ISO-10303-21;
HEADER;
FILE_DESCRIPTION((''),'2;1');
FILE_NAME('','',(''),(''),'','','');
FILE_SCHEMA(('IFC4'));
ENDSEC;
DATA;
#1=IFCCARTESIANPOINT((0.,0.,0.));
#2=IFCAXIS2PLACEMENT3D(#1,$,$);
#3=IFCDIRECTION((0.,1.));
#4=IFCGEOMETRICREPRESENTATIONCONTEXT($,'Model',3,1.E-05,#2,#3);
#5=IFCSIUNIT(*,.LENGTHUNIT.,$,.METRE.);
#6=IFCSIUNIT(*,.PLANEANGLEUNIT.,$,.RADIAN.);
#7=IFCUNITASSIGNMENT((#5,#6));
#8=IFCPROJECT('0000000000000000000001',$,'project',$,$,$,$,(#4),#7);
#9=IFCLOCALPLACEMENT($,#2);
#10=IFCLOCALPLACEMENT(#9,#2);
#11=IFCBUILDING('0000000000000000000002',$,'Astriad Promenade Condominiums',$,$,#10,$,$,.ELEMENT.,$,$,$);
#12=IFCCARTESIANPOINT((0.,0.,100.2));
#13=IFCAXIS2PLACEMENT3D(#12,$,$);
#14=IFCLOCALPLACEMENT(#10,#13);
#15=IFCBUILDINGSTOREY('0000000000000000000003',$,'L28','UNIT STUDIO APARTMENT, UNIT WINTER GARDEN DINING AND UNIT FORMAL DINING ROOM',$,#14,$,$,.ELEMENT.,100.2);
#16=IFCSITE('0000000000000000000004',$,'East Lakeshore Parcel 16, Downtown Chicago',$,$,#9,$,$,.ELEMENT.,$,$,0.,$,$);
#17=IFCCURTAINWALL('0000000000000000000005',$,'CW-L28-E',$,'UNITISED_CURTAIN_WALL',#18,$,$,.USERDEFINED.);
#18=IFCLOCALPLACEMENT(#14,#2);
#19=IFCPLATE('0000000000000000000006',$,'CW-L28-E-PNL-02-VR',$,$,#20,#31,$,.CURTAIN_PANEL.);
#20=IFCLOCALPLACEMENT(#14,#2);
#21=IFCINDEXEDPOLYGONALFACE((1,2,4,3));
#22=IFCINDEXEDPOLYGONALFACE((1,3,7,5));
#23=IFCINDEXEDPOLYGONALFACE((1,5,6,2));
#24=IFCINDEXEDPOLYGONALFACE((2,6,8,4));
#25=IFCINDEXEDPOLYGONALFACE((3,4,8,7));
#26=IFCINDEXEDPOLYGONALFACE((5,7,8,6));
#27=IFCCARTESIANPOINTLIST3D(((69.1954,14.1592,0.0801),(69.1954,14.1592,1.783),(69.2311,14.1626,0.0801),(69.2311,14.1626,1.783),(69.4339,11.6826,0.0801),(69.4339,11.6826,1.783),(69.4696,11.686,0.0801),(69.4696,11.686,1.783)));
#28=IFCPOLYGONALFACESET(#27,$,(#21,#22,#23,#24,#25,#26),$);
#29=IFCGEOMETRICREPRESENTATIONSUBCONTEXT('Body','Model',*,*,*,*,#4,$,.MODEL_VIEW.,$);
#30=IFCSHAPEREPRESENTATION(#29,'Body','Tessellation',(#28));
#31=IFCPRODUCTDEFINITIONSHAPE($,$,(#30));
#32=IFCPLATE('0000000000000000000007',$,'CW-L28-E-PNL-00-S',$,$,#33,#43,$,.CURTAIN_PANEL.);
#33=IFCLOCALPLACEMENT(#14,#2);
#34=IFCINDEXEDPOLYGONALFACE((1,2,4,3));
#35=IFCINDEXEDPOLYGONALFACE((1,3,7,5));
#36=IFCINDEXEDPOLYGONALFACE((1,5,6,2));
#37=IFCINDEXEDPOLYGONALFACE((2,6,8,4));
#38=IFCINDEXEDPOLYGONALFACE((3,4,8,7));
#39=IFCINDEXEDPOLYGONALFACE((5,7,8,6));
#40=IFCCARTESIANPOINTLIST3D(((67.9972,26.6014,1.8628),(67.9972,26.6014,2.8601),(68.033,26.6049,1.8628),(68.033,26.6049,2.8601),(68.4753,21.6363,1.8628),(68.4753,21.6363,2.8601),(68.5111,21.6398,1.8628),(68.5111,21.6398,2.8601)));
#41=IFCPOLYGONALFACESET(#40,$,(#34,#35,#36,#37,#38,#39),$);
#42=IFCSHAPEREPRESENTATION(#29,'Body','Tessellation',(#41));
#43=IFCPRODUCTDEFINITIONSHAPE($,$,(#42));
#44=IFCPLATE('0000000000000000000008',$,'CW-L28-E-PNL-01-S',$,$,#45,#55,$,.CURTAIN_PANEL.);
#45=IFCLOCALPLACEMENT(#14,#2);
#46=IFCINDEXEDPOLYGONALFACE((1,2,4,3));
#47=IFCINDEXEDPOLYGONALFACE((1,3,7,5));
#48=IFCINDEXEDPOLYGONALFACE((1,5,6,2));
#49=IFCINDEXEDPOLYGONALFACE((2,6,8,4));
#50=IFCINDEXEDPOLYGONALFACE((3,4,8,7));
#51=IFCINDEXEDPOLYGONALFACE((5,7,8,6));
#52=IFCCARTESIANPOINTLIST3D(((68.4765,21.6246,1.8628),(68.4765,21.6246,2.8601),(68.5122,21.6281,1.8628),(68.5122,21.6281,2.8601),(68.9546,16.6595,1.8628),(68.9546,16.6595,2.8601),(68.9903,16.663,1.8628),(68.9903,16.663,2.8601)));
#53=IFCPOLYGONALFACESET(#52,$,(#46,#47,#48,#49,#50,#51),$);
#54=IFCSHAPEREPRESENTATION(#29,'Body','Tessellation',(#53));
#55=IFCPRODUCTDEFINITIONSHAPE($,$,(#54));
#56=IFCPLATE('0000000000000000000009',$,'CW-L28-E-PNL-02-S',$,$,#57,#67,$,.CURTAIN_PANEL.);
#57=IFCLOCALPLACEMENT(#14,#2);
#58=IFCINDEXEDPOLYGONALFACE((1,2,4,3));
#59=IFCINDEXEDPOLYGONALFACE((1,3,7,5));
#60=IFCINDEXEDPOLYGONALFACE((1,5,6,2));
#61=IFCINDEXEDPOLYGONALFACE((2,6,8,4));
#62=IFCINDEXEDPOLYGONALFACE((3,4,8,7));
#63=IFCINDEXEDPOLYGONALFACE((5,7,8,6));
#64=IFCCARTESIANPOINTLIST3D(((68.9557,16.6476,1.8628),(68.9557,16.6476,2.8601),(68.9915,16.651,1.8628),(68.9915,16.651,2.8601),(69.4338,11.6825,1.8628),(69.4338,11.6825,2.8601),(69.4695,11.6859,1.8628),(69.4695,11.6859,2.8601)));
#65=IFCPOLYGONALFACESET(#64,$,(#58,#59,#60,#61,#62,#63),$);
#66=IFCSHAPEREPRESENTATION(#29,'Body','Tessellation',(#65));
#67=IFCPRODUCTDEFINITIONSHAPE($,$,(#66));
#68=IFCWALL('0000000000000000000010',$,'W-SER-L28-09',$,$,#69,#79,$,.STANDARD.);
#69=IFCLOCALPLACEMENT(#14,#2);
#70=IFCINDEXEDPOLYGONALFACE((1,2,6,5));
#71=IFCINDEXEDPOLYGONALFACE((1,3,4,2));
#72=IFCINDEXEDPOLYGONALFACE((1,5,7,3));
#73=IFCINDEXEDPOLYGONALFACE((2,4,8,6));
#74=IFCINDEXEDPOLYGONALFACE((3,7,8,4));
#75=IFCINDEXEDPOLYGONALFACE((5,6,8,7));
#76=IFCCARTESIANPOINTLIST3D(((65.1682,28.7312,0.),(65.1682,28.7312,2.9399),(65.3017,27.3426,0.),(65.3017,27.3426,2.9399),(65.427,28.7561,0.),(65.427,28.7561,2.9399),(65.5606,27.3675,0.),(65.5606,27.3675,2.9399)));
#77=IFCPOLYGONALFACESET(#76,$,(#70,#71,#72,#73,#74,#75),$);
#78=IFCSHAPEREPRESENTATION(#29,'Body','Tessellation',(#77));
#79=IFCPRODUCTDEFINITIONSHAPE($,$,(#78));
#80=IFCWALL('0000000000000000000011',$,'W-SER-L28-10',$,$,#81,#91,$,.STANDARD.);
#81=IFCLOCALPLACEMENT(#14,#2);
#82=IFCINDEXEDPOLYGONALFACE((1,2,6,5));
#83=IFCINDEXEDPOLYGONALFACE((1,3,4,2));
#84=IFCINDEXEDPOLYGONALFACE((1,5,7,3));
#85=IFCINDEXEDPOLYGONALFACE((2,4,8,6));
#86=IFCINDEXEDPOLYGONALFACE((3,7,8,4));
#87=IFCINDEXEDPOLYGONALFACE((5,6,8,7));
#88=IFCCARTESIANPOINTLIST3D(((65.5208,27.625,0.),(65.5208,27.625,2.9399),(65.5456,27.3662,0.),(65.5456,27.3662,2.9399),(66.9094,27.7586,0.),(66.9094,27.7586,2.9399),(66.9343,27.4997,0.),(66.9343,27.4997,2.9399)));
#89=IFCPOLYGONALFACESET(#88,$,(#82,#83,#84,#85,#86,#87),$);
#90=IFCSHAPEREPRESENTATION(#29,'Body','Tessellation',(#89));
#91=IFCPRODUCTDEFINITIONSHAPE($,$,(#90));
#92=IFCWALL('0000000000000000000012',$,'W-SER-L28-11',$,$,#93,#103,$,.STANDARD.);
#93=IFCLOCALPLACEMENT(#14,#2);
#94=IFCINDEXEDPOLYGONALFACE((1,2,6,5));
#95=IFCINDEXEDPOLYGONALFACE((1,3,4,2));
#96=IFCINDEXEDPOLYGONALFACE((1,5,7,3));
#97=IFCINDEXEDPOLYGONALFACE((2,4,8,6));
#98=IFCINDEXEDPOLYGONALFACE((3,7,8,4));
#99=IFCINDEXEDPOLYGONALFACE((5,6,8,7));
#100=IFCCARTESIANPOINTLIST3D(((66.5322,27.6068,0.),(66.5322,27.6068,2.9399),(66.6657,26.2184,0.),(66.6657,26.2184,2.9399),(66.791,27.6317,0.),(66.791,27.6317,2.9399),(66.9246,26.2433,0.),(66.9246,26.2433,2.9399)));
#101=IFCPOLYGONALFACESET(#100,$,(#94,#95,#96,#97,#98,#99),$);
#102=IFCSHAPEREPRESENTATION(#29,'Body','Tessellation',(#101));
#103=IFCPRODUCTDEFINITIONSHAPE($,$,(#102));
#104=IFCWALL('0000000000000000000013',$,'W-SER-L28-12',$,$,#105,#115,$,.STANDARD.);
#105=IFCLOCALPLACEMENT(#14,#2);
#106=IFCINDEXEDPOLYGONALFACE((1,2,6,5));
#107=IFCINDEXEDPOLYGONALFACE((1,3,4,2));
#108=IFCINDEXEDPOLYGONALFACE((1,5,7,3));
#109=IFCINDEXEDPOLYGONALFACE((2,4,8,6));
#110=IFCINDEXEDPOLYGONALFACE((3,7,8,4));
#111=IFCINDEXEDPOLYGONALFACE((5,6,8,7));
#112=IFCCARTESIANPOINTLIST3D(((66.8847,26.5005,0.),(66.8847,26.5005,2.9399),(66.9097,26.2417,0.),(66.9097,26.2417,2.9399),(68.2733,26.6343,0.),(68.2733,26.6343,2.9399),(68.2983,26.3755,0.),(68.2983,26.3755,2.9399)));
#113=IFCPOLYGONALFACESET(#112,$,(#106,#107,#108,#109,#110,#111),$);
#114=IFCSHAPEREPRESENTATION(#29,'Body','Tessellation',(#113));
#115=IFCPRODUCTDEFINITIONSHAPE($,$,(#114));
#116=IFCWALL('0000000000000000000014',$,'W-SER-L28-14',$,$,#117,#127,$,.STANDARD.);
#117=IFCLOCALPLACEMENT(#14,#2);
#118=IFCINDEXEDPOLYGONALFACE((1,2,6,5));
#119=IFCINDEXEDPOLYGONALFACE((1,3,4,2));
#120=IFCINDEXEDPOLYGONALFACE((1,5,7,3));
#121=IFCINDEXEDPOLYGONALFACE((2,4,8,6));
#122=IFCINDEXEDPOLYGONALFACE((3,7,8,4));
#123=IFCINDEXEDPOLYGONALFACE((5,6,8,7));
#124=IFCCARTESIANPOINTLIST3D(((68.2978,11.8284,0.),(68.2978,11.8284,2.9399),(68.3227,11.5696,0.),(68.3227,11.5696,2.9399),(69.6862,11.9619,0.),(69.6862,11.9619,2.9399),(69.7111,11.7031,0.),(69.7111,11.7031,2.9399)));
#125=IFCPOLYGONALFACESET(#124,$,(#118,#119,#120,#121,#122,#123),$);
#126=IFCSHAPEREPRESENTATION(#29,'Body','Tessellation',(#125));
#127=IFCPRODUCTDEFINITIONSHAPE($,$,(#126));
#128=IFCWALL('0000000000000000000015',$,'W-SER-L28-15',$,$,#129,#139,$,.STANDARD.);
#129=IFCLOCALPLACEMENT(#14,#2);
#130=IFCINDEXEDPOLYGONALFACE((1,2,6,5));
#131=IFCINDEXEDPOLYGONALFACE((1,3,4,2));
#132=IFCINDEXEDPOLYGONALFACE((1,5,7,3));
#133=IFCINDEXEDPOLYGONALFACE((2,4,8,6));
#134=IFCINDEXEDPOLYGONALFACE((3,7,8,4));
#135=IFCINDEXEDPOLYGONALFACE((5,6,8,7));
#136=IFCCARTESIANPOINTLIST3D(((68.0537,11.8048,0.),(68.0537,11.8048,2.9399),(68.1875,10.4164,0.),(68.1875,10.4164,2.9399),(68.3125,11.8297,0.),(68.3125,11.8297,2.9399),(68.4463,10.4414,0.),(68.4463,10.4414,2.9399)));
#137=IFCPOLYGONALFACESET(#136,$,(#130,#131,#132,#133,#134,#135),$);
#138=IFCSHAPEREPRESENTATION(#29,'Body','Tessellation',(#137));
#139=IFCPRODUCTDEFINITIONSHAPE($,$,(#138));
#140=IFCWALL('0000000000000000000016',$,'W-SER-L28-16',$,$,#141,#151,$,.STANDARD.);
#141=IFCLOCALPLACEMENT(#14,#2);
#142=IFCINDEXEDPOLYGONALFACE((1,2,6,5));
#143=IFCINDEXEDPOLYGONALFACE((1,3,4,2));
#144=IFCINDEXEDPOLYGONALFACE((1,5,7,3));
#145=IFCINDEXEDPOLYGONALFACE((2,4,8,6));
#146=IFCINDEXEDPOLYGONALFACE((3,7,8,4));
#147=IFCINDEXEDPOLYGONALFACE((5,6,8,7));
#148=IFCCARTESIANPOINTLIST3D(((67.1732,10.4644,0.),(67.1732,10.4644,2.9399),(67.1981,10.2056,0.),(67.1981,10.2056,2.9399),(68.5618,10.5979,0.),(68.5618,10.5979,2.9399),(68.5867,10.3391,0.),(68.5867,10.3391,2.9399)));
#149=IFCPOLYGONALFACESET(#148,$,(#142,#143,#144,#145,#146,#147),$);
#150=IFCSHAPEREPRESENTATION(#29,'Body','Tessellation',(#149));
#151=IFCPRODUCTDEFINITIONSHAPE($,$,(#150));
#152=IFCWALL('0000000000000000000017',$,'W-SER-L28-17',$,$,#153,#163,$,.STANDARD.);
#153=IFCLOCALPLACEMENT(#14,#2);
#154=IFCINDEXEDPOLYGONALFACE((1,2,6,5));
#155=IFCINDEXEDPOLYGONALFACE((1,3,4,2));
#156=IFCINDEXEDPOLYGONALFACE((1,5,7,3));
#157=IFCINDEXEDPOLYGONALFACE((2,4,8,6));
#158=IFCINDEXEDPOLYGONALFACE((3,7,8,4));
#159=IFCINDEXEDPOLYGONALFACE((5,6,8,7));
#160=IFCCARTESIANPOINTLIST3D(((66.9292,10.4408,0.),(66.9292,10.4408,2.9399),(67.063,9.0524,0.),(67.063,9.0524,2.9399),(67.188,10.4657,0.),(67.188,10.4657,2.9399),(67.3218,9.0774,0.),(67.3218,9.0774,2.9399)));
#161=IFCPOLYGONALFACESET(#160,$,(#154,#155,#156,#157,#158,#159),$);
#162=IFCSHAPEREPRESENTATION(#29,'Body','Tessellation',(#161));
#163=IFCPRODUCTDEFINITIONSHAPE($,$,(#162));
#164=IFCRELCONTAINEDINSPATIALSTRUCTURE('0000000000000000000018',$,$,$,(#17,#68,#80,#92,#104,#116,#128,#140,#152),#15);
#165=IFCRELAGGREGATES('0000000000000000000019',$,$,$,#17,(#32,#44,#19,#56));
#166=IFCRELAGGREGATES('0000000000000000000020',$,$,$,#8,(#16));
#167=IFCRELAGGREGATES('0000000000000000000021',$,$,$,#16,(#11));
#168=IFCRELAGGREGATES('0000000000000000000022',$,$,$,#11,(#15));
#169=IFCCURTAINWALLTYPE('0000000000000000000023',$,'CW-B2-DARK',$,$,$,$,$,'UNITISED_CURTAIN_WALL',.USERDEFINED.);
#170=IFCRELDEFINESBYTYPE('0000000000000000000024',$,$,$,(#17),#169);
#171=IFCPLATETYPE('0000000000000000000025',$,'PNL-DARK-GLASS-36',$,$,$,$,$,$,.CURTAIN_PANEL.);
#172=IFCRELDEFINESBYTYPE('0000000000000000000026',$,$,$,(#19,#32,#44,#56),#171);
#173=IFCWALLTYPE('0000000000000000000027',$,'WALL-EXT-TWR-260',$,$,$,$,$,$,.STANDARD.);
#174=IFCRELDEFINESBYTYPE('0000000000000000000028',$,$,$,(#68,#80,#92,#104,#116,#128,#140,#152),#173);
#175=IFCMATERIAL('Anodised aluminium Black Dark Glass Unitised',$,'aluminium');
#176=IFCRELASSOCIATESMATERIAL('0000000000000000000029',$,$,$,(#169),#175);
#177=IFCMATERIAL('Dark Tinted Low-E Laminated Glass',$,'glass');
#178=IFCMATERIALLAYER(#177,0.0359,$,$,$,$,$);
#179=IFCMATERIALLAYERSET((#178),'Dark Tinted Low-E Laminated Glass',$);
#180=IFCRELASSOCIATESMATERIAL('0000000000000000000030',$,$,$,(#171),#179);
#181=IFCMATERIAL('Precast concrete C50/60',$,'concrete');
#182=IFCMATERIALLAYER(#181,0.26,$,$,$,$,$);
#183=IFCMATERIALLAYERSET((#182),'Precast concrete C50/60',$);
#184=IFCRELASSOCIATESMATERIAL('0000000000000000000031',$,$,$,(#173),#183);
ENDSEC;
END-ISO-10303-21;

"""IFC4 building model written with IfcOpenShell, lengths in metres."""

from ifc_helpers import new_model, si_unit, direction, frame, frame_2d, origin, origin_2d, place, context, subcontext, project, spatial, rectangle, extrude, source, transform, mapped, material, layer, layer_set, type_object, type_shapes, element, aggregate, save


model = new_model("IFC4")

# Units and contexts
model_context = context("Model", 3, precision=1e-05, world=origin(), true_north=direction((0.0, 1.0)))
body_context = subcontext(model_context, "Body", "Model", "MODEL_VIEW")
ifc_project = project(units=[si_unit("LENGTHUNIT", "METRE"), si_unit("PLANEANGLEUNIT", "RADIAN")], contexts=[model_context])

# Site, building, storey
site_placement = place(None, origin())
site = spatial("IfcSite", under=ifc_project, at=site_placement, Name="East Lakeshore Parcel 16, Downtown Chicago", CompositionType="ELEMENT", RefElevation=0.0)
building_placement = place(site_placement, origin())
building = spatial("IfcBuilding", under=site, at=building_placement, Name="Astriad Promenade Condominiums", CompositionType="ELEMENT")
storey_placement = place(building_placement, frame((0.0, 0.0, 100.2)))
storey = spatial("IfcBuildingStorey", under=building, at=storey_placement, Name="L28", Description="UNIT STUDIO APARTMENT, UNIT WINTER GARDEN DINING AND UNIT FORMAL DINING ROOM", CompositionType="ELEMENT", Elevation=100.2)

# Curtain wall, plates
ifc_material_1 = material(Name="Anodised aluminium Black Dark Glass Unitised", Category="aluminium")
curtain_wall_type = type_object("IfcCurtainWallType", Name="CW-B2-DARK", ElementType="UNITISED_CURTAIN_WALL", PredefinedType="USERDEFINED", material=ifc_material_1)
curtain_wall_placement = place(storey_placement, origin())
curtain_wall = element("IfcCurtainWall", 1, at=curtain_wall_placement, inside=storey, type_object=curtain_wall_type, Name="CW-L28-E", ObjectType="UNITISED_CURTAIN_WALL", PredefinedType="USERDEFINED")
ifc_material_2 = material(Name="Dark Tinted Low-E Laminated Glass", Category="glass")
ifc_layer_1 = layer(ifc_material_2, 0.0359)
ifc_layer_set_1 = layer_set([ifc_layer_1], Name="Dark Tinted Low-E Laminated Glass")
plate_type = type_object("IfcPlateType", Name="PNL-DARK-GLASS-36", PredefinedType="CURTAIN_PANEL", material=ifc_layer_set_1)
shared_shape_1 = source(origin(), body_context, "Body", "SweptSolid", [
    extrude(rectangle(XDim=2.488, YDim=0.0359, at=origin_2d()), origin(), (0.0, 0.0, 1.0), 1.7029),
])
plate_1_placement = place(storey_placement, frame((69.3325, 12.9226, 0.0801), z_axis=(0.0, 0.0, 1.0), x_axis=(0.095846, -0.995396, 0.0)))
plate_1 = element("IfcPlate", 2, at=plate_1_placement, type_object=plate_type, Name="CW-L28-E-PNL-02-VR", PredefinedType="CURTAIN_PANEL", context=body_context, shape_type="MappedRepresentation", body=[
    mapped(shared_shape_1, transform((0.0, 0.0, 0.0), scale=1.0)),
])
shared_shape_2 = source(origin(), body_context, "Body", "SweptSolid", [
    extrude(rectangle(XDim=4.988, YDim=0.0359, at=origin_2d()), origin(), (0.0, 0.0, 1.0), 0.9973),
])
type_shapes(plate_type, [shared_shape_1, shared_shape_2])
plate_2_placement = place(storey_placement, frame((68.2542, 24.1206, 1.8628), z_axis=(0.0, 0.0, 1.0), x_axis=(0.095846, -0.995396, 0.0)))
plate_2 = element("IfcPlate", 3, at=plate_2_placement, type_object=plate_type, Name="CW-L28-E-PNL-00-S", PredefinedType="CURTAIN_PANEL", context=body_context, shape_type="MappedRepresentation", body=[
    mapped(shared_shape_2, transform((0.0, 0.0, 0.0), scale=1.0)),
])
plate_3_placement = place(storey_placement, frame((68.7334, 19.1438, 1.8628), z_axis=(0.0, 0.0, 1.0), x_axis=(0.095846, -0.995396, 0.0)))
plate_3 = element("IfcPlate", 4, at=plate_3_placement, type_object=plate_type, Name="CW-L28-E-PNL-01-S", PredefinedType="CURTAIN_PANEL", context=body_context, shape_type="MappedRepresentation", body=[
    mapped(shared_shape_2, transform((0.0, 0.0, 0.0), scale=1.0)),
])
plate_4_placement = place(storey_placement, frame((69.2126, 14.1667, 1.8628), z_axis=(0.0, 0.0, 1.0), x_axis=(0.095846, -0.995396, 0.0)))
plate_4 = element("IfcPlate", 5, at=plate_4_placement, type_object=plate_type, Name="CW-L28-E-PNL-02-S", PredefinedType="CURTAIN_PANEL", context=body_context, shape_type="MappedRepresentation", body=[
    mapped(shared_shape_2, transform((0.0, 0.0, 0.0), scale=1.0)),
])
aggregate(curtain_wall, [plate_2, plate_3, plate_1, plate_4])

# Walls
ifc_material_3 = material(Name="Precast concrete C50/60", Category="concrete")
ifc_layer_2 = layer(ifc_material_3, 0.26)
ifc_layer_set_2 = layer_set([ifc_layer_2], Name="Precast concrete C50/60")
wall_type_1 = type_object("IfcWallType", Name="WALL-EXT-TWR-260", PredefinedType="STANDARD", material=ifc_layer_set_2)
for number, where, z_axis, x_axis, name in (
    (6, (65.2976, 28.7437, 0.0), (0.0, 0.0, 1.0), (0.095726, -0.995408, 0.0), "W-SER-L28-09"),
    (7, (65.5332, 27.4956, 0.0), (0.0, 0.0, 1.0), (0.995408, 0.095726, 0.0), "W-SER-L28-10"),
):
    element("IfcWall", number, at=place(storey_placement, frame(where, z_axis=z_axis, x_axis=x_axis)), inside=storey, type_object=wall_type_1, Name=name, PredefinedType="STANDARD", context=body_context, shape_type="SweptSolid", body=[
        extrude(rectangle(XDim=1.395, YDim=0.26, at=frame_2d((0.6975, 0.0))), origin(), (0.0, 0.0, 1.0), 2.9399),
    ])
wall_1_placement = place(storey_placement, frame((66.6616, 27.6191, 0.0), z_axis=(0.0, 0.0, 1.0), x_axis=(0.095742, -0.995406, 0.0)))
element("IfcWall", 8, at=wall_1_placement, inside=storey, type_object=wall_type_1, Name="W-SER-L28-11", PredefinedType="STANDARD", context=body_context, shape_type="SweptSolid", body=[
    extrude(rectangle(XDim=1.3948, YDim=0.26, at=frame_2d((0.6973, 0.0))), origin(), (0.0, 0.0, 1.0), 2.9399),
])
wall_2_placement = place(storey_placement, frame((66.8972, 26.3711, 0.0), z_axis=(0.0, 0.0, 1.0), x_axis=(0.995391, 0.095899, 0.0)))
element("IfcWall", 9, at=wall_2_placement, inside=storey, type_object=wall_type_1, Name="W-SER-L28-12", PredefinedType="STANDARD", context=body_context, shape_type="SweptSolid", body=[
    extrude(rectangle(XDim=1.395, YDim=0.26, at=frame_2d((0.6975, 0.0))), origin(), (0.0, 0.0, 1.0), 2.9399),
])
for number, where, z_axis, x_axis, name in (
    (10, (69.6985, 11.8325, 0.0), (0.0, 0.0, 1.0), (-0.995406, -0.095742, 0.0), "W-SER-L28-14"),
    (11, (68.1831, 11.8171, 0.0), (0.0, 0.0, 1.0), (0.095916, -0.995389, 0.0), "W-SER-L28-15"),
):
    element("IfcWall", number, at=place(storey_placement, frame(where, z_axis=z_axis, x_axis=x_axis)), inside=storey, type_object=wall_type_1, Name=name, PredefinedType="STANDARD", context=body_context, shape_type="SweptSolid", body=[
        extrude(rectangle(XDim=1.3948, YDim=0.26, at=frame_2d((0.6973, 0.0))), origin(), (0.0, 0.0, 1.0), 2.9399),
    ])
wall_3_placement = place(storey_placement, frame((68.5742, 10.4685, 0.0), z_axis=(0.0, 0.0, 1.0), x_axis=(-0.995408, -0.095726, 0.0)))
element("IfcWall", 12, at=wall_3_placement, inside=storey, type_object=wall_type_1, Name="W-SER-L28-16", PredefinedType="STANDARD", context=body_context, shape_type="SweptSolid", body=[
    extrude(rectangle(XDim=1.395, YDim=0.26, at=frame_2d((0.6975, 0.0))), origin(), (0.0, 0.0, 1.0), 2.9399),
])
wall_4_placement = place(storey_placement, frame((67.0586, 10.4531, 0.0), z_axis=(0.0, 0.0, 1.0), x_axis=(0.095916, -0.995389, 0.0)))
element("IfcWall", 13, at=wall_4_placement, inside=storey, type_object=wall_type_1, Name="W-SER-L28-17", PredefinedType="STANDARD", context=body_context, shape_type="SweptSolid", body=[
    extrude(rectangle(XDim=1.3948, YDim=0.26, at=frame_2d((0.6973, 0.0))), origin(), (0.0, 0.0, 1.0), 2.9399),
])

save(model, "model.ifc")
